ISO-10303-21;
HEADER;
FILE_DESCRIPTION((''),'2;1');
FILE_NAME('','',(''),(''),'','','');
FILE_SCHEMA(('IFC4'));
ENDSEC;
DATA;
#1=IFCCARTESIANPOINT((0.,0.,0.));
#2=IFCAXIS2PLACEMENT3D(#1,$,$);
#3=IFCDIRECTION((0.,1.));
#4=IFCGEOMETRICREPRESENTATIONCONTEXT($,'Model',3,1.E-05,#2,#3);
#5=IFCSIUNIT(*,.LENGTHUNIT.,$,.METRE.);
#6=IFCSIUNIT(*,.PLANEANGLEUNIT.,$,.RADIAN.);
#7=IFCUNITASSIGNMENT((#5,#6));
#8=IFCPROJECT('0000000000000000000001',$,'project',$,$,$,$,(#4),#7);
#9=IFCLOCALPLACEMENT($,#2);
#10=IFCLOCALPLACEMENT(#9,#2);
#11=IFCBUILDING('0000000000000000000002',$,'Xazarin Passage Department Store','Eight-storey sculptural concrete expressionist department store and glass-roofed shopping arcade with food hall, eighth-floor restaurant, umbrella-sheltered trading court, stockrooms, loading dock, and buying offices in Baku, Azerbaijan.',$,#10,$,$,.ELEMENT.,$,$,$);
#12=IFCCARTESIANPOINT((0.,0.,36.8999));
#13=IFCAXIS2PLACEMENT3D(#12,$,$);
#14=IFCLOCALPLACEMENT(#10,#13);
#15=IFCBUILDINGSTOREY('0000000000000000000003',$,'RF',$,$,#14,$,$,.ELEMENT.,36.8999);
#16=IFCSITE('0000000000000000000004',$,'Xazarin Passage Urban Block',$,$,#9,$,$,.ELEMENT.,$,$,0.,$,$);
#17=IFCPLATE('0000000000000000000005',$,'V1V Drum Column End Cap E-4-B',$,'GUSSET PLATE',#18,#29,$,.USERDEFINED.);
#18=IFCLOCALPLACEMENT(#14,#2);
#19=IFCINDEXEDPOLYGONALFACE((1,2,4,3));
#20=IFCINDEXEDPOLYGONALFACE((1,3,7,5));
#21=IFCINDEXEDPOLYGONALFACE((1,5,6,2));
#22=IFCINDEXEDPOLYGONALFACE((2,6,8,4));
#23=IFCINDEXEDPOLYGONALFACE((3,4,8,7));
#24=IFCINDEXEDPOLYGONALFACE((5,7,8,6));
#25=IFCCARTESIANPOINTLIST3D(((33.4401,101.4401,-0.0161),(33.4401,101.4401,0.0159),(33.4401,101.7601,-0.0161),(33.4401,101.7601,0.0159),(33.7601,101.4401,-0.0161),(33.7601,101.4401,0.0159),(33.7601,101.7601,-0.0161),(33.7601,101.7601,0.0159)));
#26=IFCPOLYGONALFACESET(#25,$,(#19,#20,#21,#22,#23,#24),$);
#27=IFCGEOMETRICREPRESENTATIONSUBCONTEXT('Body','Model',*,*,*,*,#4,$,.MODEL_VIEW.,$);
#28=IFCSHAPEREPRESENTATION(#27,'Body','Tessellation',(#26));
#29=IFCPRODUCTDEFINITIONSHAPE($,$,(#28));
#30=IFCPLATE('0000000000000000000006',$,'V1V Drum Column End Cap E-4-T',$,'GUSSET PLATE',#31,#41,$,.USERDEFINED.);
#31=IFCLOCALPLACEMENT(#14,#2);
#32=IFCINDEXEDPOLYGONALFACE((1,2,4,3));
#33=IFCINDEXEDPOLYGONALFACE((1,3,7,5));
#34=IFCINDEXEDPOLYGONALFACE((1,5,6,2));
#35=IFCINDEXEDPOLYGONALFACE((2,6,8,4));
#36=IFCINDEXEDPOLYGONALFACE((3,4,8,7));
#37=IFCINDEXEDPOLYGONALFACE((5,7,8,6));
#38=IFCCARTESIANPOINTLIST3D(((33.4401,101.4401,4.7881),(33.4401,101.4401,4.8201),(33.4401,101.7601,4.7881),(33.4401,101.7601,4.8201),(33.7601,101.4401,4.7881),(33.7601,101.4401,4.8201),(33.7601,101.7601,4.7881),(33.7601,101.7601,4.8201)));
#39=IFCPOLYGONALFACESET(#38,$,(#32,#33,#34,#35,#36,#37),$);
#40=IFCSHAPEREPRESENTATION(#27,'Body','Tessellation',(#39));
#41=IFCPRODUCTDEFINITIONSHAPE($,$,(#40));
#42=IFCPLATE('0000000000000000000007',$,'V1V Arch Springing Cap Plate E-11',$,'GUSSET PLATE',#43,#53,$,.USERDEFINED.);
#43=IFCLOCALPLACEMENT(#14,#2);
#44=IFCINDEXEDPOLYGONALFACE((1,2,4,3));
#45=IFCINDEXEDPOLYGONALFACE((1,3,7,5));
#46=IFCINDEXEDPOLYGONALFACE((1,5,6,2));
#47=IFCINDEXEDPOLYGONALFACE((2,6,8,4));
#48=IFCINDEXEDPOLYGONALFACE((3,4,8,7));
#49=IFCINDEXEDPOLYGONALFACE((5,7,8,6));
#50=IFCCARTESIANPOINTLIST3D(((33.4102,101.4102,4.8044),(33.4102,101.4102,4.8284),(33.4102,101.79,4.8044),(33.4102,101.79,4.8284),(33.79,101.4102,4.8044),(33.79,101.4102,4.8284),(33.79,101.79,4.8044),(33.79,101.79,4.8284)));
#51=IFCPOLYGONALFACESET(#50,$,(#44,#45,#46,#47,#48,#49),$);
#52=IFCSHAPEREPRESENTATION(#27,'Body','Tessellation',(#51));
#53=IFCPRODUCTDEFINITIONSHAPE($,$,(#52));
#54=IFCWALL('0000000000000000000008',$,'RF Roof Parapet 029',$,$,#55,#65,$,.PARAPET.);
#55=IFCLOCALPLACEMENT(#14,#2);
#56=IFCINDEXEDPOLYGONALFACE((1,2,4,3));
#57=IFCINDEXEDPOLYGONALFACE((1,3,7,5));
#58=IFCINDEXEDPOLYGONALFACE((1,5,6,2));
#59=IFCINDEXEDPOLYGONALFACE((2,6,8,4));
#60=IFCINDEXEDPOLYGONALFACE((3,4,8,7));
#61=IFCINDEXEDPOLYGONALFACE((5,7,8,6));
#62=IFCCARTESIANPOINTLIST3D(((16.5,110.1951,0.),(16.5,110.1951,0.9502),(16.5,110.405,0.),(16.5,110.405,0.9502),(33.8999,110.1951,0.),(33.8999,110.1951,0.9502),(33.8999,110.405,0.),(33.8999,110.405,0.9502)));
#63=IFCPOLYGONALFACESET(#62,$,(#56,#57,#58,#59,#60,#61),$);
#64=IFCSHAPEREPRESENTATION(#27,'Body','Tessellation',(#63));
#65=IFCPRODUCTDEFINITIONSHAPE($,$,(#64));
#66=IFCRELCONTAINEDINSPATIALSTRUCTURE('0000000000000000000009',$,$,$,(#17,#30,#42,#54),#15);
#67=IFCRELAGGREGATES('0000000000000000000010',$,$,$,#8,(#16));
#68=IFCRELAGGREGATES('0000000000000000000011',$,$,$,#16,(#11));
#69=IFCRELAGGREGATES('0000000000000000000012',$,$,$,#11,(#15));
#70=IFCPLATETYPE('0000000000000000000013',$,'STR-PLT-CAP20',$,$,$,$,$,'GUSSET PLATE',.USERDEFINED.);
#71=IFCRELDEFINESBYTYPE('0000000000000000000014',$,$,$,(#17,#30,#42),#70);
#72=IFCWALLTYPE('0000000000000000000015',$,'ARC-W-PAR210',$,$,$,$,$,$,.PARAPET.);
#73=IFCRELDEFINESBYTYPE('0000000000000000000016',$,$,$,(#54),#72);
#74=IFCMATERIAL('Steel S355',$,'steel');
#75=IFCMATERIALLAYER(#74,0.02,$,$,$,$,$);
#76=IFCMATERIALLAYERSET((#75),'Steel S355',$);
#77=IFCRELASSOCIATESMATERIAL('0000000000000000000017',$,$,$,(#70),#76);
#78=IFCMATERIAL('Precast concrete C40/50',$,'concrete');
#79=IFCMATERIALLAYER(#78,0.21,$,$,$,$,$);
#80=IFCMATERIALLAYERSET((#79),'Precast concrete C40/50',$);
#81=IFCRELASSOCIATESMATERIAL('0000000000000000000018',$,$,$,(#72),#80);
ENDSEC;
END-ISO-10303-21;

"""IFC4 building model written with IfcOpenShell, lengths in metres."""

from ifc_helpers import new_model, si_unit, direction, frame, frame_2d, origin, origin_2d, place, context, subcontext, project, spatial, rectangle, extrude, material, layer, layer_set, type_object, element, save


model = new_model("IFC4")

# Units and contexts
model_context = context("Model", 3, precision=1e-05, world=origin(), true_north=direction((0.0, 1.0)))
body_context = subcontext(model_context, "Body", "Model", "MODEL_VIEW")
ifc_project = project(units=[si_unit("LENGTHUNIT", "METRE"), si_unit("PLANEANGLEUNIT", "RADIAN")], contexts=[model_context])

# Site, building, storey
site_placement = place(None, origin())
site = spatial("IfcSite", under=ifc_project, at=site_placement, Name="Xazarin Passage Urban Block", CompositionType="ELEMENT", RefElevation=0.0)
building_placement = place(site_placement, origin())
building = spatial("IfcBuilding", under=site, at=building_placement, Name="Xazarin Passage Department Store", Description="Eight-storey sculptural concrete expressionist department store and glass-roofed shopping arcade with food hall, eighth-floor restaurant, umbrella-sheltered trading court, stockrooms, loading dock, and buying offices in Baku, Azerbaijan.", CompositionType="ELEMENT")
storey_placement = place(building_placement, frame((0.0, 0.0, 36.8999)))
storey = spatial("IfcBuildingStorey", under=building, at=storey_placement, Name="RF", CompositionType="ELEMENT", Elevation=36.8999)

# Shared definitions
ifc_material_1 = material(Name="Steel S355", Category="steel")

# Plates
ifc_layer_1 = layer(ifc_material_1, 0.02)
ifc_layer_set_1 = layer_set([ifc_layer_1], Name="Steel S355")
plate_type_1 = type_object("IfcPlateType", Name="STR-PLT-CAP20", ElementType="GUSSET PLATE", PredefinedType="USERDEFINED", material=ifc_layer_set_1)
for number, where, z_axis, x_axis, name in (
    (1, (33.6001, 101.6001, -0.0161), (0.0, 0.0, 1.0), (1.0, 0.0, 0.0), "V1V Drum Column End Cap E-4-B"),
    (2, (33.6001, 101.6001, 4.7881), (0.0, 0.0, 1.0), (1.0, 0.0, 0.0), "V1V Drum Column End Cap E-4-T"),
):
    element("IfcPlate", number, at=place(storey_placement, frame(where, z_axis=z_axis, x_axis=x_axis)), inside=storey, type_object=plate_type_1, Name=name, ObjectType="GUSSET PLATE", PredefinedType="USERDEFINED", context=body_context, shape_type="SweptSolid", body=[
        extrude(rectangle(XDim=0.3201, YDim=0.3201, at=origin_2d()), origin(), (0.0, 0.0, 1.0), 0.032),
    ])
plate_1_placement = place(storey_placement, frame((33.6001, 101.6001, 4.8044), z_axis=(0.0, 0.0, 1.0), x_axis=(1.0, 0.0, 0.0)))
element("IfcPlate", 3, at=plate_1_placement, inside=storey, type_object=plate_type_1, Name="V1V Arch Springing Cap Plate E-11", ObjectType="GUSSET PLATE", PredefinedType="USERDEFINED", context=body_context, shape_type="SweptSolid", body=[
    extrude(rectangle(XDim=0.3799, YDim=0.3799, at=origin_2d()), origin(), (0.0, 0.0, 1.0), 0.0239),
])

# Wall
ifc_material_2 = material(Name="Precast concrete C40/50", Category="concrete")
ifc_layer_2 = layer(ifc_material_2, 0.21)
ifc_layer_set_2 = layer_set([ifc_layer_2], Name="Precast concrete C40/50")
wall_type = type_object("IfcWallType", Name="ARC-W-PAR210", PredefinedType="PARAPET", material=ifc_layer_set_2)
wall_placement = place(storey_placement, frame((33.8999, 110.3, 0.0), z_axis=(0.0, 0.0, 1.0), x_axis=(-1.0, 0.0, 0.0)))
element("IfcWall", 4, at=wall_placement, inside=storey, type_object=wall_type, Name="RF Roof Parapet 029", PredefinedType="PARAPET", context=body_context, shape_type="SweptSolid", body=[
    extrude(rectangle(XDim=17.3999, YDim=0.21, at=frame_2d((8.7, 0.0))), origin(), (0.0, 0.0, 1.0), 0.9502),
])

save(model, "model.ifc")
